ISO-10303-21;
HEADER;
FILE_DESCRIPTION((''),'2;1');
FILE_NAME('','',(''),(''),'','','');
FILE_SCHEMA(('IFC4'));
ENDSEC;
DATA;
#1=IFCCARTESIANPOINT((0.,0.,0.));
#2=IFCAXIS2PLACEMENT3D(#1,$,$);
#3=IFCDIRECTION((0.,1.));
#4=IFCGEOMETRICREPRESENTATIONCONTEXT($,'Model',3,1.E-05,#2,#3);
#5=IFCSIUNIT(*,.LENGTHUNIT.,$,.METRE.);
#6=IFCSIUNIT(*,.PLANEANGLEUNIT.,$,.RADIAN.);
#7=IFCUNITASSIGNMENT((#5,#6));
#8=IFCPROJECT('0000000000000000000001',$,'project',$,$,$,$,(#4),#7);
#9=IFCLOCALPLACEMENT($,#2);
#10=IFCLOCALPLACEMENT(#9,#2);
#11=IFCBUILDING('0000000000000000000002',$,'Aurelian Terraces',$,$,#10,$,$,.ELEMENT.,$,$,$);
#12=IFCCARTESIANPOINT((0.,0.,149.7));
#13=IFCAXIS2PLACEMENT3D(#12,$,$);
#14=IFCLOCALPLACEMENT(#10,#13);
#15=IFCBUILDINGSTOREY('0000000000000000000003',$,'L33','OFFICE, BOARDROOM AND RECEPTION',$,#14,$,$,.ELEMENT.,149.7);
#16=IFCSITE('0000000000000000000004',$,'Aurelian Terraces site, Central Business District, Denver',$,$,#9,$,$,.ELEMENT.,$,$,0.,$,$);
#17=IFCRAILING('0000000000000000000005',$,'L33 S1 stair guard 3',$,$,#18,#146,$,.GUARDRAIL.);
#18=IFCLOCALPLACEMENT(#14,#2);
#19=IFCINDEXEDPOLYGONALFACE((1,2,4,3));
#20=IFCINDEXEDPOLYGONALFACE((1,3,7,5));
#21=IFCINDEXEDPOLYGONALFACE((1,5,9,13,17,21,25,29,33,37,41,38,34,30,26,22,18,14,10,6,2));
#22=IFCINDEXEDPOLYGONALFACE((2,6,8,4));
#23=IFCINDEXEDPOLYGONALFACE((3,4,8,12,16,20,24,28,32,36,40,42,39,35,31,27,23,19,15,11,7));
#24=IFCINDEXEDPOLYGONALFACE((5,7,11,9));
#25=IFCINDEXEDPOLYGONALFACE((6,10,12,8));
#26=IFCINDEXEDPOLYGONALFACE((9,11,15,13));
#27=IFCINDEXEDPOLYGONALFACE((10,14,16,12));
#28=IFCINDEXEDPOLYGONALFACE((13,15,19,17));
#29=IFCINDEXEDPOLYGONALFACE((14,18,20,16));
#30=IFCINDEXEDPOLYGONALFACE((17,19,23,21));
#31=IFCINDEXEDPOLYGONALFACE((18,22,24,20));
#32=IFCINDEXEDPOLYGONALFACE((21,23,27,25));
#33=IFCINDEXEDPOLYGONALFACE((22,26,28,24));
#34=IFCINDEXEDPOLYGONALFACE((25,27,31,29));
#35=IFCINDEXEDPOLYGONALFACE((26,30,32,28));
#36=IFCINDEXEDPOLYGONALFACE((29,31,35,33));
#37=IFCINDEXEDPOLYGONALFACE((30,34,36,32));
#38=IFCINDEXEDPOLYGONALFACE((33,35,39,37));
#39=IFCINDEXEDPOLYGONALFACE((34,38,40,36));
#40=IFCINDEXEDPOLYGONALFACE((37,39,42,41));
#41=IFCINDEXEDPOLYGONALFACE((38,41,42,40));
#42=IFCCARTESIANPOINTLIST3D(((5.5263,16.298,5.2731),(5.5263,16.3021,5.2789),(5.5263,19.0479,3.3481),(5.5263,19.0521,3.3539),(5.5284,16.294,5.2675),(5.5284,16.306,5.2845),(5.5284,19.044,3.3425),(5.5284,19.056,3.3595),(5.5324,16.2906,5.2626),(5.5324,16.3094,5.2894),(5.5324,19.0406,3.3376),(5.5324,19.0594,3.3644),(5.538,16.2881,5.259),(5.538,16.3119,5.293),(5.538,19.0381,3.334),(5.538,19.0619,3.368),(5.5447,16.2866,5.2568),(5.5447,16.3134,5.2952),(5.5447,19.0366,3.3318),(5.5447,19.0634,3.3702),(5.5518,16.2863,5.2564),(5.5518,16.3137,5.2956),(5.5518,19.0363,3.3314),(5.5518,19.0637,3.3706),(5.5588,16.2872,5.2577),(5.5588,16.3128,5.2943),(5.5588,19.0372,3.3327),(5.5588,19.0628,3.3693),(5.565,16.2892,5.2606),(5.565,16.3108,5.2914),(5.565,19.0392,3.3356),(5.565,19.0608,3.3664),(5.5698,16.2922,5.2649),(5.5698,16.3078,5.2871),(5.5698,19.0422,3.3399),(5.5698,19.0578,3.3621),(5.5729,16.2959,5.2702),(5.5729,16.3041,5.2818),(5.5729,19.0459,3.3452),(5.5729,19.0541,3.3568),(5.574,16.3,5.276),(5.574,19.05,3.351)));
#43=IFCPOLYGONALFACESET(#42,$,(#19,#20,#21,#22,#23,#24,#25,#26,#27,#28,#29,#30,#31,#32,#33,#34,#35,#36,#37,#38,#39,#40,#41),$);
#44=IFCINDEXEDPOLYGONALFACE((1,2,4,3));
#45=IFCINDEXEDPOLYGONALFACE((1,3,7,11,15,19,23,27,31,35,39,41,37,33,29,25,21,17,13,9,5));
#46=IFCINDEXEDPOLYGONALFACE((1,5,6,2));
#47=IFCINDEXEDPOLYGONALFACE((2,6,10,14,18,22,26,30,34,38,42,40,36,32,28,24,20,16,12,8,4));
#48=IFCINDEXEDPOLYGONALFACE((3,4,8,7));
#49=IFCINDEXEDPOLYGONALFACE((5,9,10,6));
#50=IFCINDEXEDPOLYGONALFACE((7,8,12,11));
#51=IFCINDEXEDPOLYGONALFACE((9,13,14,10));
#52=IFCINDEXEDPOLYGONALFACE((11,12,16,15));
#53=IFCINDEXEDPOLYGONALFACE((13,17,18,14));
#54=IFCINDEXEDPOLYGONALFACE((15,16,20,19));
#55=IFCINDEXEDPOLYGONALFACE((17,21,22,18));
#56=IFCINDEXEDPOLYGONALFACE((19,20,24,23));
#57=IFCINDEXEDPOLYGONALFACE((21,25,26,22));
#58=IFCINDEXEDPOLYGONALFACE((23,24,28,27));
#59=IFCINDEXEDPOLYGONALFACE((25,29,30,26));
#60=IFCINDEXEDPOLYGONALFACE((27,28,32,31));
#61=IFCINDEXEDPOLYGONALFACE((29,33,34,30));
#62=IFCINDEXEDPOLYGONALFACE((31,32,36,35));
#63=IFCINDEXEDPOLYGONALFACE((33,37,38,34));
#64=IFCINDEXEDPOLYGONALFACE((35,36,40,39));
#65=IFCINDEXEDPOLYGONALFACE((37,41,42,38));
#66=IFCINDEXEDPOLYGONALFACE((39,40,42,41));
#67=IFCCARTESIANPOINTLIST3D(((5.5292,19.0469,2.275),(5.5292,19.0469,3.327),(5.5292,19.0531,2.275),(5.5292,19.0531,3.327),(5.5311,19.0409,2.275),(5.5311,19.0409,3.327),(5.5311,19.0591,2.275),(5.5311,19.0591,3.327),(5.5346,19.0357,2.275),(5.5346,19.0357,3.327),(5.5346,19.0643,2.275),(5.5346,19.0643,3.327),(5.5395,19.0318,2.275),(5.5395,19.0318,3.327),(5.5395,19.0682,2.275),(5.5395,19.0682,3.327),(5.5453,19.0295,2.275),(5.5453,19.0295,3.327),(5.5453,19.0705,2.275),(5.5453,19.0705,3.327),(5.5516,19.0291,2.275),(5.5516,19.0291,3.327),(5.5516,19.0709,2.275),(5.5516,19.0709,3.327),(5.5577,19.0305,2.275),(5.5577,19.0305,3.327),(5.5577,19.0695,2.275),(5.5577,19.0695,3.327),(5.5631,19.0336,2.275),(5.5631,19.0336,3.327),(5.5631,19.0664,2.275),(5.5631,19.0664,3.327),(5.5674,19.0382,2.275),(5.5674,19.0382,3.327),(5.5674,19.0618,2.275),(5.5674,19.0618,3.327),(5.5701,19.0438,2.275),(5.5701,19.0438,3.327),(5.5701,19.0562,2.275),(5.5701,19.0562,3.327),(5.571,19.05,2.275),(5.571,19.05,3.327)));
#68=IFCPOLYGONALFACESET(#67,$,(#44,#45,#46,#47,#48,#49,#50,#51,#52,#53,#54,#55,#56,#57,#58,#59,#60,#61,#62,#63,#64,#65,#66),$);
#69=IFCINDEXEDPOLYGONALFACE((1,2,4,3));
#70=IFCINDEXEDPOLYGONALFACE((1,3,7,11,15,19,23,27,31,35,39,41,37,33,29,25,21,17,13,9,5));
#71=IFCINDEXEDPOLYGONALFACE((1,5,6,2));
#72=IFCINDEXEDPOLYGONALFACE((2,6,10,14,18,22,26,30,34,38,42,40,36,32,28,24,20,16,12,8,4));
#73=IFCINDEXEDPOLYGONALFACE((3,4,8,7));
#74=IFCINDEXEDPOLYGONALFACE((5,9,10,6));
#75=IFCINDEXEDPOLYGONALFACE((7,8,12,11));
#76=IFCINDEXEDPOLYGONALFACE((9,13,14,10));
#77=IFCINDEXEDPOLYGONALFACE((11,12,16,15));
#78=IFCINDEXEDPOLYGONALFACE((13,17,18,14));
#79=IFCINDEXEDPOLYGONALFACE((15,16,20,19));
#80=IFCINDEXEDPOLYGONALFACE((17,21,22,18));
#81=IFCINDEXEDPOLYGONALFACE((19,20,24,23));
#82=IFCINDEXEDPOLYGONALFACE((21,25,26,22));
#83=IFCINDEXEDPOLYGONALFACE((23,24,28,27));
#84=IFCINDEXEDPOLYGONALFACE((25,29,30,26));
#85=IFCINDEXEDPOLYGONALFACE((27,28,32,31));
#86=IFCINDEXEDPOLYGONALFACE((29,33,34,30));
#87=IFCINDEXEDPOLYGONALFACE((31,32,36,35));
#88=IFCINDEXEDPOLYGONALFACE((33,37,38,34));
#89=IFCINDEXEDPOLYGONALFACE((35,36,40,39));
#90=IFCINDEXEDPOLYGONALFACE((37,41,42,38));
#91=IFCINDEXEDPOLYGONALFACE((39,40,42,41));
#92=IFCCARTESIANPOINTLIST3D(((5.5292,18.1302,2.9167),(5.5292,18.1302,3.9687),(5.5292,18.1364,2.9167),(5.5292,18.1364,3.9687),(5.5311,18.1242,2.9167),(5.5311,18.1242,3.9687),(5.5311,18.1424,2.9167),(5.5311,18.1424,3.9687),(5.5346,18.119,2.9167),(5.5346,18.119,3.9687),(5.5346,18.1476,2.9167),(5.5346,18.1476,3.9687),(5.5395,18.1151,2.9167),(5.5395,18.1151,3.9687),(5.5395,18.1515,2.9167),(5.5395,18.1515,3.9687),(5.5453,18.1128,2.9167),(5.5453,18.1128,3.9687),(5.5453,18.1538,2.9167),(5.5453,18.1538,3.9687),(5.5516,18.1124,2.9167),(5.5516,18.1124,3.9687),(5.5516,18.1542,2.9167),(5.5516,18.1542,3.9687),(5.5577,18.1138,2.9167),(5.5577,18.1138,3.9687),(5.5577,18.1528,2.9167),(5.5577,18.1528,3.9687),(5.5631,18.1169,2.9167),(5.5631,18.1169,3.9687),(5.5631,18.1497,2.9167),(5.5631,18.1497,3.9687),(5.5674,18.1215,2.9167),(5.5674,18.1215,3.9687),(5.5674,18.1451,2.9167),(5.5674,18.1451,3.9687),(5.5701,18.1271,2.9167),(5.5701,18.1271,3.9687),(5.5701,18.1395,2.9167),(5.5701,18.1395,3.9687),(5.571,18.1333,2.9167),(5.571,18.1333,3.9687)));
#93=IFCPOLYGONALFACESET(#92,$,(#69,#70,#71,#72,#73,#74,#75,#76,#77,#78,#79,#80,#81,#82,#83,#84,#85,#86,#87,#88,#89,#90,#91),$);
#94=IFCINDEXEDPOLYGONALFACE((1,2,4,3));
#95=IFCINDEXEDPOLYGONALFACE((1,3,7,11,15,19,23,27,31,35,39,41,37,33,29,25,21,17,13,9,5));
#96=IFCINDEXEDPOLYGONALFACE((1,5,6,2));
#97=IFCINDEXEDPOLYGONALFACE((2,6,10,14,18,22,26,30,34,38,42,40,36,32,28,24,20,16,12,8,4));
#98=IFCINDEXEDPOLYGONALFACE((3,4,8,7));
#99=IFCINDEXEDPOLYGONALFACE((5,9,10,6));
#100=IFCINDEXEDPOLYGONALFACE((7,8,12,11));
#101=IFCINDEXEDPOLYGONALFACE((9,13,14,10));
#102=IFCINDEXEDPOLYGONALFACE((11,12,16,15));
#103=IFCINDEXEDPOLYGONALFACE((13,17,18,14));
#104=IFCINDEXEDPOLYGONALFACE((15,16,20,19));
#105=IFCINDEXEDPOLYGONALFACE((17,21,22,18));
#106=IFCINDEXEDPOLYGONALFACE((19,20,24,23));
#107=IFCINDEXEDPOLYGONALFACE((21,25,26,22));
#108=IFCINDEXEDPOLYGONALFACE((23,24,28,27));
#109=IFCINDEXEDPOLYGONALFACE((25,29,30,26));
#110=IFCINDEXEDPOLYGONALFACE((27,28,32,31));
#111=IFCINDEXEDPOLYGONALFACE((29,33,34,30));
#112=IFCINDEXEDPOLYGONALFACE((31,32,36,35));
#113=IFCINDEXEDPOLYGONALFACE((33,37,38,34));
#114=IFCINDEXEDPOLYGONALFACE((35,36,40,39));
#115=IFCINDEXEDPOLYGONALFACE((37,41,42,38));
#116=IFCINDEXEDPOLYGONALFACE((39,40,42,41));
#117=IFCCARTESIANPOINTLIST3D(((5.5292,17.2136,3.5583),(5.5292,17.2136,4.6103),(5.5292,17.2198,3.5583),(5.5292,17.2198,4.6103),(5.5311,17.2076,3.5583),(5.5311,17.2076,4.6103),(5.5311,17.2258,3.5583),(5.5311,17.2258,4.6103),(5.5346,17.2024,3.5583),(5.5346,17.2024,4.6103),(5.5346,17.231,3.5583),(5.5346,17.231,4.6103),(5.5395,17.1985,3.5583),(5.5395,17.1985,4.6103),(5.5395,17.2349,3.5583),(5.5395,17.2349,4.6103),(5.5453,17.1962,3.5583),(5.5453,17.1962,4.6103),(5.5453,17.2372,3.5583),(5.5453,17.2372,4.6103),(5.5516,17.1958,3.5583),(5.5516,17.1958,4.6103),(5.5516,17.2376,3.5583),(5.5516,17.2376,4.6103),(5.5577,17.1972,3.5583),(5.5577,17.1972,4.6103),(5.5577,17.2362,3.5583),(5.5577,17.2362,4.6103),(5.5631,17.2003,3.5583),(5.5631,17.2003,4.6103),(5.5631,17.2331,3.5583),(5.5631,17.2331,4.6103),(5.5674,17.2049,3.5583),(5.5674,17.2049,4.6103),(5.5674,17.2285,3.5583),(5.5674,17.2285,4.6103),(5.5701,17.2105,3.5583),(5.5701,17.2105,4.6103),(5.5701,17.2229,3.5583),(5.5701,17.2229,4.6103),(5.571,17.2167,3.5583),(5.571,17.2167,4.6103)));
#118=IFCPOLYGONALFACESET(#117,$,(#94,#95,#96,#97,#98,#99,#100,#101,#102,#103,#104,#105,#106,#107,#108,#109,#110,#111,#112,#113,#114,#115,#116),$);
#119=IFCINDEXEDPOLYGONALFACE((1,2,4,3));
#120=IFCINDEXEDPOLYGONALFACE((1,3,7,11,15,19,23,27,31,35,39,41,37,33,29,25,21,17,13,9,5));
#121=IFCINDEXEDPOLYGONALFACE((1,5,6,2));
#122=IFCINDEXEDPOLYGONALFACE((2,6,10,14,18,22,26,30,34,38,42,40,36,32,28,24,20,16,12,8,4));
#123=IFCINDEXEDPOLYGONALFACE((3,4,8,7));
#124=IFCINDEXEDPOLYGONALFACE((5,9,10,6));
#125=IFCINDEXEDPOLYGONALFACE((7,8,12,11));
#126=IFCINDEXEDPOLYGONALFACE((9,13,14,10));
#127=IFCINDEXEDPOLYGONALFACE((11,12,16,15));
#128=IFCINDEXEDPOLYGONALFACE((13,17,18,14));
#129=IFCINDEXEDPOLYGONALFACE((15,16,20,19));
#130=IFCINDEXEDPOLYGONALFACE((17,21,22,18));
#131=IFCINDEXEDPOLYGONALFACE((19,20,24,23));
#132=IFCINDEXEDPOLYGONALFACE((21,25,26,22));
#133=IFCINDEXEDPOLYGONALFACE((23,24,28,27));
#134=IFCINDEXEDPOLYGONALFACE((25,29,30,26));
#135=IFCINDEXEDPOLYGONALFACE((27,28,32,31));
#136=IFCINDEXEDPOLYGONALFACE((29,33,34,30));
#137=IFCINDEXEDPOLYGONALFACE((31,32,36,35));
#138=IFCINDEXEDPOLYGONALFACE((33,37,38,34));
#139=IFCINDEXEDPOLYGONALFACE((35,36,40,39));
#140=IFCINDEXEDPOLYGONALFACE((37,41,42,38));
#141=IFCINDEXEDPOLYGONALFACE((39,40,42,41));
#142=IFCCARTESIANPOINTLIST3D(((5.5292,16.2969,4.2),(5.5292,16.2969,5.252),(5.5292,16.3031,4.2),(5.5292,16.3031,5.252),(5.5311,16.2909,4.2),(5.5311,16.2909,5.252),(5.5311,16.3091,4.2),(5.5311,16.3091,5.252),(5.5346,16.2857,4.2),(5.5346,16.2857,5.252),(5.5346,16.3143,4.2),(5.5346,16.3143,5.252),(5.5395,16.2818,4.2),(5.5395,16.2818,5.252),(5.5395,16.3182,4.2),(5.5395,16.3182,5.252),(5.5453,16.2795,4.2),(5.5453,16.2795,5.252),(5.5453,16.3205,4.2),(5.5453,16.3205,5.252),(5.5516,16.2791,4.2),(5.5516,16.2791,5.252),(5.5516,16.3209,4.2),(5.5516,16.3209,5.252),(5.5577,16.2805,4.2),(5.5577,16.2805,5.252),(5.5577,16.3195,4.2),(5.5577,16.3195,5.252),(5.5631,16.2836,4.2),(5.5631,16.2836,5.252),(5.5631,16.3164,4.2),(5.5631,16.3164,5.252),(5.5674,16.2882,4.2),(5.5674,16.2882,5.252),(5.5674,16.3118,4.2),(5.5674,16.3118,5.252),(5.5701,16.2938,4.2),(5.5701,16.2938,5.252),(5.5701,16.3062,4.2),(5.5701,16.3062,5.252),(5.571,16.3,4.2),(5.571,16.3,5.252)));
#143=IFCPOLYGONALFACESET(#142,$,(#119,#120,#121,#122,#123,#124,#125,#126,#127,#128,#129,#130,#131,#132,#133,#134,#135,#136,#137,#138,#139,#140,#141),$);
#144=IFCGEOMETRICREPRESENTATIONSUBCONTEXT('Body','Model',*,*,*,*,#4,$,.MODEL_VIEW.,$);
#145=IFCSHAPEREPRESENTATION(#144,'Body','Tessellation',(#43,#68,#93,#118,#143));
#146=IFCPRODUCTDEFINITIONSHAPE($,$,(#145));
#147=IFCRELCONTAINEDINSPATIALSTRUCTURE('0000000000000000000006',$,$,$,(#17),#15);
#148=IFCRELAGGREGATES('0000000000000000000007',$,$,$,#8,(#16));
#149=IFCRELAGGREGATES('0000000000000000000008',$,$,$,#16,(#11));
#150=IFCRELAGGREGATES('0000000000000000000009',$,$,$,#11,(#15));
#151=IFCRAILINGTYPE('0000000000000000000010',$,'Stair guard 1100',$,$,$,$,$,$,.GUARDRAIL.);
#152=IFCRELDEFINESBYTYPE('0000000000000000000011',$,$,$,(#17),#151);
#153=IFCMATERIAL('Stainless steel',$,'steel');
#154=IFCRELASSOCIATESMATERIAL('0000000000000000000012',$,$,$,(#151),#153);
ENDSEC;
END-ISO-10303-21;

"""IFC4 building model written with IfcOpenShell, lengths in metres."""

from ifc_helpers import new_model, si_unit, direction, frame, origin, origin_2d, place, context, subcontext, project, spatial, circle, extrude, source, transform, mapped, material, type_object, element, save


model = new_model("IFC4")

# Units and contexts
model_context = context("Model", 3, precision=1e-05, world=origin(), true_north=direction((0.0, 1.0)))
body_context = subcontext(model_context, "Body", "Model", "MODEL_VIEW")
ifc_project = project(units=[si_unit("LENGTHUNIT", "METRE"), si_unit("PLANEANGLEUNIT", "RADIAN")], contexts=[model_context])

# Site, building, storey
site_placement = place(None, origin())
site = spatial("IfcSite", under=ifc_project, at=site_placement, Name="Aurelian Terraces site, Central Business District, Denver", CompositionType="ELEMENT", RefElevation=0.0)
building_placement = place(site_placement, origin())
building = spatial("IfcBuilding", under=site, at=building_placement, Name="Aurelian Terraces", CompositionType="ELEMENT")
storey_placement = place(building_placement, frame((0.0, 0.0, 149.7)))
storey = spatial("IfcBuildingStorey", under=building, at=storey_placement, Name="L33", Description="OFFICE, BOARDROOM AND RECEPTION", CompositionType="ELEMENT", Elevation=149.7)

# Railing
ifc_material_1 = material(Name="Stainless steel", Category="steel")
railing_type_1 = type_object("IfcRailingType", Name="Stair guard 1100", PredefinedType="GUARDRAIL", material=ifc_material_1)
shared_shape_1 = source(origin(), body_context, "Body", "SweptSolid", [
    extrude(circle(Radius=0.024, at=origin_2d()), frame((0.0, 0.0, 1.076), z_axis=(0.0, -0.819232, 0.573462), x_axis=(1.0, 0.0, 0.0)), (0.0, 0.0, 1.0), 3.3568),
    extrude(circle(Radius=0.021, at=origin_2d()), origin(), (0.0, 0.0, 1.0), 1.052),
    extrude(circle(Radius=0.021, at=origin_2d()), frame((0.0, -0.9167, 0.6417)), (0.0, 0.0, 1.0), 1.052),
    extrude(circle(Radius=0.021, at=origin_2d()), frame((0.0, -1.8333, 1.2833)), (0.0, 0.0, 1.0), 1.052),
    extrude(circle(Radius=0.021, at=origin_2d()), frame((0.0, -2.75, 1.925)), (0.0, 0.0, 1.0), 1.052),
])
railing_1_placement = place(storey_placement, frame((5.55, 19.05, 2.275)))
element("IfcRailing", 1, at=railing_1_placement, inside=storey, type_object=railing_type_1, Name="L33 S1 stair guard 3", PredefinedType="GUARDRAIL", context=body_context, shape_type="MappedRepresentation", body=[
    mapped(shared_shape_1, transform((0.0, 0.0, 0.0), scale=1.0)),
])

save(model, "model.ifc")
